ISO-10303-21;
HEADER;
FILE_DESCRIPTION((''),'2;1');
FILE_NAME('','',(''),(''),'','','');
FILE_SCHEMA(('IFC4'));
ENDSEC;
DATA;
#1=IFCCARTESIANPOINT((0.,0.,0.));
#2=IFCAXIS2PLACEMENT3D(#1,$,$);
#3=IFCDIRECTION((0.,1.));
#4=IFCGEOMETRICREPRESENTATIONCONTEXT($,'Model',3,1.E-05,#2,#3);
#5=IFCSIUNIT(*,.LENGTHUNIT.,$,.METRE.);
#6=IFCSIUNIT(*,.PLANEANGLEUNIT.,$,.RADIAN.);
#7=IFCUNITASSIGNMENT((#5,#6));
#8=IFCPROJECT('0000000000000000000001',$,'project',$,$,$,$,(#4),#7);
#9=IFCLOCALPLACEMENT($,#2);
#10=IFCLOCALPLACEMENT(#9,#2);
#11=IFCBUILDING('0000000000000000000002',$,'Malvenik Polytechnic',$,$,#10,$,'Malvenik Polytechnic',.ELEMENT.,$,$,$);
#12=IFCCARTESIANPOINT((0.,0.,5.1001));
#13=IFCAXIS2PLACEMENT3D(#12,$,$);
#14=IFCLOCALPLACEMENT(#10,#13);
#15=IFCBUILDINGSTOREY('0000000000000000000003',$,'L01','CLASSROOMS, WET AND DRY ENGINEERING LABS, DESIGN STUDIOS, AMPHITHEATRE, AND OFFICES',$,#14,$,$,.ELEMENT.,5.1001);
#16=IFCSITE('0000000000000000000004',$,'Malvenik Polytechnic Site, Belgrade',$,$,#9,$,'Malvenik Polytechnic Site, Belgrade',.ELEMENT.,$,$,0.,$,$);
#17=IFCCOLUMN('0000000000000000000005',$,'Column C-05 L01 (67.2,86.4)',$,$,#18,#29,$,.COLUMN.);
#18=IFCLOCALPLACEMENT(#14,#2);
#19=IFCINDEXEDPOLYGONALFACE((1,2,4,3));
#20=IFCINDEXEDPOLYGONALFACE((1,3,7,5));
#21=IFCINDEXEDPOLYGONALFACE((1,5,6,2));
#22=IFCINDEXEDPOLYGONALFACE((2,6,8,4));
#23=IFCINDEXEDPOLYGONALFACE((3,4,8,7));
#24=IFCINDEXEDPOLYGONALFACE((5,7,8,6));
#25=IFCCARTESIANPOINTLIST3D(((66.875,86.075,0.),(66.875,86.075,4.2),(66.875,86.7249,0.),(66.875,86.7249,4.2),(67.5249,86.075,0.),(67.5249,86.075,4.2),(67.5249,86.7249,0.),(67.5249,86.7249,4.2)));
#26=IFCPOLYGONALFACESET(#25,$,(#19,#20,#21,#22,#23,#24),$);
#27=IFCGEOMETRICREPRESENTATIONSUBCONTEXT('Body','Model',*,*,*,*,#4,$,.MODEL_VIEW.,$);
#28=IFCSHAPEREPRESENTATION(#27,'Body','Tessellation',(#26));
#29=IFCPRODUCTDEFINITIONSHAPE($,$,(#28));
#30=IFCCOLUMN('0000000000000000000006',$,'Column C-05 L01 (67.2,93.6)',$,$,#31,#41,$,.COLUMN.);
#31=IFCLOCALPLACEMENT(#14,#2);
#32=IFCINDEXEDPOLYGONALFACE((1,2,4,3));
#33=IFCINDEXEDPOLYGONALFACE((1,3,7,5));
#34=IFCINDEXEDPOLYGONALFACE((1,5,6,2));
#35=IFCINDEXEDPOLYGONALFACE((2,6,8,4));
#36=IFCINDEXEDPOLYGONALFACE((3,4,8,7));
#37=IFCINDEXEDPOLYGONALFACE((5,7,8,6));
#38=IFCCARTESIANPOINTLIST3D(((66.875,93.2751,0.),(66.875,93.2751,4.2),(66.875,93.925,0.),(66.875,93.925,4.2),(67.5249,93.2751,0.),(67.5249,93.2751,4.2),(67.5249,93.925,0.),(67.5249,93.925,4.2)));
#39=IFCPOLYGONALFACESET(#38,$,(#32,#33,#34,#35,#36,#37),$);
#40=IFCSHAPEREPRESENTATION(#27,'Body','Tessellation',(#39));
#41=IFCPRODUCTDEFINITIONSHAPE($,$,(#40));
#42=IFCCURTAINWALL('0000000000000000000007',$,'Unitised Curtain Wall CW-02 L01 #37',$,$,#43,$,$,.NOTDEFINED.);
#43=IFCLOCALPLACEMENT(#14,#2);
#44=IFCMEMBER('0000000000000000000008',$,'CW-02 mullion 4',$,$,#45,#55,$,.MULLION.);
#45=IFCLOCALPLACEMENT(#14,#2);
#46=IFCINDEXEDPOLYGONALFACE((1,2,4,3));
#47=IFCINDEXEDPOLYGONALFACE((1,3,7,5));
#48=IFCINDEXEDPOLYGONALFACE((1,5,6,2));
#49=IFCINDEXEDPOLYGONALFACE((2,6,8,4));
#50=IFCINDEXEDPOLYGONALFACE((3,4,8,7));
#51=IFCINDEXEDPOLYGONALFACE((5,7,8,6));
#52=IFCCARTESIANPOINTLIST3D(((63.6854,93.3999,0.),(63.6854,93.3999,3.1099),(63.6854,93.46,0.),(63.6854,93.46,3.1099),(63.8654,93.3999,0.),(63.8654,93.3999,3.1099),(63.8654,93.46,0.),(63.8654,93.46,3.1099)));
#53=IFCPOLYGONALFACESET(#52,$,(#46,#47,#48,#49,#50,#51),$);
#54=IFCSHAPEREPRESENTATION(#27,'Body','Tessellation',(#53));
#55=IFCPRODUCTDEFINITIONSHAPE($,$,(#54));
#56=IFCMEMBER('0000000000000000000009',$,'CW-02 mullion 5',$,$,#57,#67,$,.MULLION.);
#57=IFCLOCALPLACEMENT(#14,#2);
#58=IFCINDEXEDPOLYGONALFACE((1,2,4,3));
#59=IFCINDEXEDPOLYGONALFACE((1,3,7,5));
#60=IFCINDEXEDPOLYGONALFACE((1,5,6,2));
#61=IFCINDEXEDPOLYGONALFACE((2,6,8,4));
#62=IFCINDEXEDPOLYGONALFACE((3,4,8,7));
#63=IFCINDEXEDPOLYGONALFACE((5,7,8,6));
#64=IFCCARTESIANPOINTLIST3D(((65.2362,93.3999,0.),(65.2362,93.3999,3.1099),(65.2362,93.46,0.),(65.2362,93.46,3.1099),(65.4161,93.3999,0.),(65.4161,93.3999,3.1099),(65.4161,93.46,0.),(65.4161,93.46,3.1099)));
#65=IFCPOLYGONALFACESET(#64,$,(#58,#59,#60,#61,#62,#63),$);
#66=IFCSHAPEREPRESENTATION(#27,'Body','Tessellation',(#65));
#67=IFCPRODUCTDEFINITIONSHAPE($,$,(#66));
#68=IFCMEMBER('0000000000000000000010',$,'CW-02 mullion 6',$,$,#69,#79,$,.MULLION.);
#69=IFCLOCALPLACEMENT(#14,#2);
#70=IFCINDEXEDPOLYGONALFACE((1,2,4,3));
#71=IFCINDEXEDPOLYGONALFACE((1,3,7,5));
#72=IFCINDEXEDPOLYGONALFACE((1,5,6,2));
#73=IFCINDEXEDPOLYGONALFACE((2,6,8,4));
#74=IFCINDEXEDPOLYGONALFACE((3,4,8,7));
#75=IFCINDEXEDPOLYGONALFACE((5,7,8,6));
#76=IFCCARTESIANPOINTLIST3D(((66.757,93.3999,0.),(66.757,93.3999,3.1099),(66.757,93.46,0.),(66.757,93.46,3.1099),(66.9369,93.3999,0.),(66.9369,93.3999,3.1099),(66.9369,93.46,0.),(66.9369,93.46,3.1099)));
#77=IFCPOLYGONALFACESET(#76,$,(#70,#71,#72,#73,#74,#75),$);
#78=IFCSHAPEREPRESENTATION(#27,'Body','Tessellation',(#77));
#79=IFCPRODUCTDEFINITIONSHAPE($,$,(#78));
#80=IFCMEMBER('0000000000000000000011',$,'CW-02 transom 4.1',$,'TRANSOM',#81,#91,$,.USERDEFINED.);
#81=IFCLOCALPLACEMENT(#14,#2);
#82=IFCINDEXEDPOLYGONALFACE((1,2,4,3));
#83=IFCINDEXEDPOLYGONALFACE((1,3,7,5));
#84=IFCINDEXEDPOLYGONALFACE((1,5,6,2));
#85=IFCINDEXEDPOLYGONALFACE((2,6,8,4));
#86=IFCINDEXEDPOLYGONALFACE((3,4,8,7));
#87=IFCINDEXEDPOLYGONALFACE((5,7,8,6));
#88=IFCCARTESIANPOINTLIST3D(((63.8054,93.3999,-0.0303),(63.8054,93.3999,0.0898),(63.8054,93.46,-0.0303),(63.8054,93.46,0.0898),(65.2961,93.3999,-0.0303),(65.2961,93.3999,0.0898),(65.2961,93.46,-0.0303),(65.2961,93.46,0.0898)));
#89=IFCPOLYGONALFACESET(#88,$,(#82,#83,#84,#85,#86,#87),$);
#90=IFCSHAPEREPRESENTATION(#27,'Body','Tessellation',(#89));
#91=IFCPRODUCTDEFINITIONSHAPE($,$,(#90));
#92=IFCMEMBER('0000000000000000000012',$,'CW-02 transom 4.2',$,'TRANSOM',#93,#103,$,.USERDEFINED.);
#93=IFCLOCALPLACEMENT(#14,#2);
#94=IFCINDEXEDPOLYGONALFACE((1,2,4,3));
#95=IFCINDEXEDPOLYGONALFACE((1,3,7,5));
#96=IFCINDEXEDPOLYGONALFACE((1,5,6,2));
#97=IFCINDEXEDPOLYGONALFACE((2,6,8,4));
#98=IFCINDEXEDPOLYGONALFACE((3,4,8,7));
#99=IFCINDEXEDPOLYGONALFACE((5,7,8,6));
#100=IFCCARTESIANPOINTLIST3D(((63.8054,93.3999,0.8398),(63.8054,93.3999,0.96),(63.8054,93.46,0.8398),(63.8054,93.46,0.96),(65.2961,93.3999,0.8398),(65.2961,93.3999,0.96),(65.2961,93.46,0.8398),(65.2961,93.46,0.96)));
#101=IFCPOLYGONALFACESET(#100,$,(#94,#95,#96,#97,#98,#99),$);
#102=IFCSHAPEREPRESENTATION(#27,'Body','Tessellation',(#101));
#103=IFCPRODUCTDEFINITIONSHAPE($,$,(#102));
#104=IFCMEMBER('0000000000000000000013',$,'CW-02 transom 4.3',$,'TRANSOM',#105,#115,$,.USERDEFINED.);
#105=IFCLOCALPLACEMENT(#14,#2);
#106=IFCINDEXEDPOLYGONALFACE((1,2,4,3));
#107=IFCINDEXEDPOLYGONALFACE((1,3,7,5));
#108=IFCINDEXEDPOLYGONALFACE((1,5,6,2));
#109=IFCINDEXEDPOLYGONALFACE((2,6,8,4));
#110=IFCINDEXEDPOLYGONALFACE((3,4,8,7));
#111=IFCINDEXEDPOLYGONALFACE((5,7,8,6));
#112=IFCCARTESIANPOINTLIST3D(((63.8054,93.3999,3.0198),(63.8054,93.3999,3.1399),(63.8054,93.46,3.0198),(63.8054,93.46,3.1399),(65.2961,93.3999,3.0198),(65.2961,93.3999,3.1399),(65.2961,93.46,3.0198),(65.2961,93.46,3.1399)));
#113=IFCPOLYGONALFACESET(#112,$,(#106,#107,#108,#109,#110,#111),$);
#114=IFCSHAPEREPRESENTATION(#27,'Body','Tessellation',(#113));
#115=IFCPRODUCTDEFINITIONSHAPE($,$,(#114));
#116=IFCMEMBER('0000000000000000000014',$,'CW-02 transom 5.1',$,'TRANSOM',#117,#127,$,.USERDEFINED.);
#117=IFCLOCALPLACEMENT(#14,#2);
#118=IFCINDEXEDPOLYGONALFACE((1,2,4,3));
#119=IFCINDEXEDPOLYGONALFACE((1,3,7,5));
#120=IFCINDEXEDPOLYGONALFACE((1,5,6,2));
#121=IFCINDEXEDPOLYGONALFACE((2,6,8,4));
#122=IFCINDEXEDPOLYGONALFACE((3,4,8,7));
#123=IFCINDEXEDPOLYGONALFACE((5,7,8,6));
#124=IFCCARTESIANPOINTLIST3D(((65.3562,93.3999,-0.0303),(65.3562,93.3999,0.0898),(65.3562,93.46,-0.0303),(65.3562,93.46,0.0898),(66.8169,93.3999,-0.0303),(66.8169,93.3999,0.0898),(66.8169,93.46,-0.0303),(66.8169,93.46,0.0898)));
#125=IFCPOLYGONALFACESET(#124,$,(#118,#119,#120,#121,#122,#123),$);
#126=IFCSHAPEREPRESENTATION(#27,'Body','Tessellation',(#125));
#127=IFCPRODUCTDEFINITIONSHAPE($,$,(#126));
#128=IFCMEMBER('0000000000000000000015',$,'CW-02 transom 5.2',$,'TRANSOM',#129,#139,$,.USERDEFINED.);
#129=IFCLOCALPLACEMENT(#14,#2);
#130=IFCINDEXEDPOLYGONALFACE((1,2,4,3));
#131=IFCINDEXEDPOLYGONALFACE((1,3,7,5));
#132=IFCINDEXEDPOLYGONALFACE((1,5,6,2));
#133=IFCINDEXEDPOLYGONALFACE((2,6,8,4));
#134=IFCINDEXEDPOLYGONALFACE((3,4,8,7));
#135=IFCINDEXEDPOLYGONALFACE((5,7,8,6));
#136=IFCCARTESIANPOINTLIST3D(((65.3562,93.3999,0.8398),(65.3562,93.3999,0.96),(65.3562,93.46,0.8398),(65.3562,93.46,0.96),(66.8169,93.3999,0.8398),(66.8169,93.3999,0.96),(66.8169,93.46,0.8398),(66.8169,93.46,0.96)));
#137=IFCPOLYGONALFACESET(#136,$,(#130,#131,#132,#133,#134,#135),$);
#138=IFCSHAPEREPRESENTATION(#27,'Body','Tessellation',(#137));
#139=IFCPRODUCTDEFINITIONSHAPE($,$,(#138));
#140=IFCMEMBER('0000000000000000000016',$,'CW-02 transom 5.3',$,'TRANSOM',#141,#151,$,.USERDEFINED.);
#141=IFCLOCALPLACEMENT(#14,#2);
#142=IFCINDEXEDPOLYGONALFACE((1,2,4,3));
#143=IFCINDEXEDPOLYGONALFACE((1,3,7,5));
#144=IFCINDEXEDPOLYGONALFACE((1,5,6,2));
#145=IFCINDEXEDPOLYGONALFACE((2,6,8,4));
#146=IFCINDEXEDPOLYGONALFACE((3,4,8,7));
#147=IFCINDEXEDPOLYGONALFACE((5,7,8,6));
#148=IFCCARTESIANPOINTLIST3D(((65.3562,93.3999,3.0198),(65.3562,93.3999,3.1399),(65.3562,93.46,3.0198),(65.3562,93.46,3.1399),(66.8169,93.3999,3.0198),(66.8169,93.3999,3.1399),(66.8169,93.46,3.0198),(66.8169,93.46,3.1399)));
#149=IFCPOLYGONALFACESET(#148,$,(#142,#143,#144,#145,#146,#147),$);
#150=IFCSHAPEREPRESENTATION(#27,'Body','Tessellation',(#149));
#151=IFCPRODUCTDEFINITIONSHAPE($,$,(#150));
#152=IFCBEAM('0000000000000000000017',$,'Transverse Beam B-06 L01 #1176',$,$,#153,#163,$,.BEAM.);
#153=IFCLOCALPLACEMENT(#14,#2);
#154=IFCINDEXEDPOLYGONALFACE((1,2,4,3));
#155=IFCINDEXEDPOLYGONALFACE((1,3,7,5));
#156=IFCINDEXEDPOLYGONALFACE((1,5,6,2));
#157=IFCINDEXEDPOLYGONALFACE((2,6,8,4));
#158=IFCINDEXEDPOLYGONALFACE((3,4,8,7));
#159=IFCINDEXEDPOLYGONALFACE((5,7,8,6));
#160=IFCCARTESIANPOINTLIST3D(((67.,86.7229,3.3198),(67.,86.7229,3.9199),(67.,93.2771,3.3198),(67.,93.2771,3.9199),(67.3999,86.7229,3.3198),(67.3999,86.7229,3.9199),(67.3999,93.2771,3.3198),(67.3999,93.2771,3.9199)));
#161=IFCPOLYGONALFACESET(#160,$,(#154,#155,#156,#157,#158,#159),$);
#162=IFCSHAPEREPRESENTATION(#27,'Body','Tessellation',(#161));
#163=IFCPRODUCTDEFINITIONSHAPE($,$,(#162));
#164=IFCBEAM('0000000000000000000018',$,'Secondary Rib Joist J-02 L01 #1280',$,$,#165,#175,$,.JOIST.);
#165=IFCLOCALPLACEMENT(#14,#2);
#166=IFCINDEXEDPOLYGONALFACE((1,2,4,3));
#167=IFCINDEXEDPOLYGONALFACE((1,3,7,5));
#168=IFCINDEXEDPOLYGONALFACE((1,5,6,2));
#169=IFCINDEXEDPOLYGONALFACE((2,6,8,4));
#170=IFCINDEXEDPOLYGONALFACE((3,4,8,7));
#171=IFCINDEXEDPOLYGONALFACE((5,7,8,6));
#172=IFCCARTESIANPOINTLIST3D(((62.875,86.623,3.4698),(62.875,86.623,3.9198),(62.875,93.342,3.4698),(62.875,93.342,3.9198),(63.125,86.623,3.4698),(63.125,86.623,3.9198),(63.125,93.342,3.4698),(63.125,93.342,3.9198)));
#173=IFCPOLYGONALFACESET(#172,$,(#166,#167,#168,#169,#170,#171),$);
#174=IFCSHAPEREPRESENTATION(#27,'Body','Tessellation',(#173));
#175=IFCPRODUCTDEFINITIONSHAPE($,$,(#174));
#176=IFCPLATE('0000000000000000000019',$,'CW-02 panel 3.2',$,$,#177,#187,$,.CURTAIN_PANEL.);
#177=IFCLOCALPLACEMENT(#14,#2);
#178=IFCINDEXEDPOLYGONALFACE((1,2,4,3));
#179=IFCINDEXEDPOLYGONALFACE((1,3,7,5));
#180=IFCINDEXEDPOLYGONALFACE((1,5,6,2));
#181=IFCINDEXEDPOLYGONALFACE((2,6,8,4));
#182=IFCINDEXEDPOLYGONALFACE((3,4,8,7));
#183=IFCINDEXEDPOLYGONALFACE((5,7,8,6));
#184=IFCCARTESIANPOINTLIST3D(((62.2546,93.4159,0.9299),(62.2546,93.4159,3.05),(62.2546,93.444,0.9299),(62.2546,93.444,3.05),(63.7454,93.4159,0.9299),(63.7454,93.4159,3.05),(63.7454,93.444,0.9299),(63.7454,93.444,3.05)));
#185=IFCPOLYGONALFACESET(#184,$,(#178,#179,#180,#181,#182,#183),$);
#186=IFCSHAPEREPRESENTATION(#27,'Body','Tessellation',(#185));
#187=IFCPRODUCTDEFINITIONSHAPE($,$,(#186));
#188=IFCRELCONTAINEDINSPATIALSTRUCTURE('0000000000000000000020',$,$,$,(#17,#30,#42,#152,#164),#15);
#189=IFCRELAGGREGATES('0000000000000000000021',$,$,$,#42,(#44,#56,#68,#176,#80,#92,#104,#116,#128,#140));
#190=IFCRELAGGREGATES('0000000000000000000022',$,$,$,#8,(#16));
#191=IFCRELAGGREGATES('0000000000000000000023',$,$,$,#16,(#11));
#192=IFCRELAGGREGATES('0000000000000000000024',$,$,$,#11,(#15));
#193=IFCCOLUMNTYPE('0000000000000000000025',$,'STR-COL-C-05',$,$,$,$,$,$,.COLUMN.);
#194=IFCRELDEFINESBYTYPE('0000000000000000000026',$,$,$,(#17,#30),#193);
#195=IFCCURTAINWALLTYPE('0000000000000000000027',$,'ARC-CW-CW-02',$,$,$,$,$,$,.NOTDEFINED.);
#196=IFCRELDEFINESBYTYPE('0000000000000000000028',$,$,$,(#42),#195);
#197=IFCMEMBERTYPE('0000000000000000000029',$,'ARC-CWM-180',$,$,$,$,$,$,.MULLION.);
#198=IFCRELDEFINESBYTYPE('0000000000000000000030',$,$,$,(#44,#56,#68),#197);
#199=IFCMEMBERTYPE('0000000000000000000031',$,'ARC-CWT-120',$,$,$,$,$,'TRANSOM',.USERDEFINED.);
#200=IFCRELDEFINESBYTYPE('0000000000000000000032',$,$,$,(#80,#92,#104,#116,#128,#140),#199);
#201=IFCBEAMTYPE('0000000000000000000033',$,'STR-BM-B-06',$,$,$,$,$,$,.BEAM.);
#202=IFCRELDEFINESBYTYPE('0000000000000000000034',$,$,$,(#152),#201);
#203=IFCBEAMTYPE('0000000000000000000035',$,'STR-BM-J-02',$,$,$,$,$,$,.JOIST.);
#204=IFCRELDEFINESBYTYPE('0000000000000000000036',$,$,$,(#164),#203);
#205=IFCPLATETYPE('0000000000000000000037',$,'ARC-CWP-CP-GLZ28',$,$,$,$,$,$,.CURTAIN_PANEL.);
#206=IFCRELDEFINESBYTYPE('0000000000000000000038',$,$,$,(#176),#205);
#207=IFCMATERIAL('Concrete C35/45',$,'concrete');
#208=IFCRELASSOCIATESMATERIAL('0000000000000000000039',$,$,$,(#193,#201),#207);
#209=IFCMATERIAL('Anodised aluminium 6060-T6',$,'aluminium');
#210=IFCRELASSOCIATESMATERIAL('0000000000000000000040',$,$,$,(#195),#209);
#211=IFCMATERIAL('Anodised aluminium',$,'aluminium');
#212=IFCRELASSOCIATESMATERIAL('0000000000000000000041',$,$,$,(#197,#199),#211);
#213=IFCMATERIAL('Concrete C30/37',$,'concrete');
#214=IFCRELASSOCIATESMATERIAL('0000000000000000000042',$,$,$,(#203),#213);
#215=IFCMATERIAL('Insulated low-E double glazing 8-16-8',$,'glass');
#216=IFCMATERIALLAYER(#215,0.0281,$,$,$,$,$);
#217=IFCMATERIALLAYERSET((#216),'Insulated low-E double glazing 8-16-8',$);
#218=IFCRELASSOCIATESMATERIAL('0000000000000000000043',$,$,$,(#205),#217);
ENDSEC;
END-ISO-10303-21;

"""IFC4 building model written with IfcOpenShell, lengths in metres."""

from ifc_helpers import new_model, si_unit, direction, frame, origin, origin_2d, place, context, subcontext, project, spatial, rectangle, extrude, material, layer, layer_set, material_profile, profile_set, type_object, element, aggregate, save


model = new_model("IFC4")

# Units and contexts
model_context = context("Model", 3, precision=1e-05, world=origin(), true_north=direction((0.0, 1.0)))
body_context = subcontext(model_context, "Body", "Model", "MODEL_VIEW")
ifc_project = project(units=[si_unit("LENGTHUNIT", "METRE"), si_unit("PLANEANGLEUNIT", "RADIAN")], contexts=[model_context])

# Site, building, storey
site_placement = place(None, origin())
site = spatial("IfcSite", under=ifc_project, at=site_placement, Name="Malvenik Polytechnic Site, Belgrade", LongName="Malvenik Polytechnic Site, Belgrade", CompositionType="ELEMENT", RefElevation=0.0)
building_placement = place(site_placement, origin())
building = spatial("IfcBuilding", under=site, at=building_placement, Name="Malvenik Polytechnic", LongName="Malvenik Polytechnic", CompositionType="ELEMENT")
storey_placement = place(building_placement, frame((0.0, 0.0, 5.1001)))
storey = spatial("IfcBuildingStorey", under=building, at=storey_placement, Name="L01", Description="CLASSROOMS, WET AND DRY ENGINEERING LABS, DESIGN STUDIOS, AMPHITHEATRE, AND OFFICES", CompositionType="ELEMENT", Elevation=5.1001)

# Columns
ifc_material_1 = material(Name="Concrete C35/45", Category="concrete")
ifc_material_profile_1 = material_profile(ifc_material_1, rectangle(XDim=0.6499, YDim=0.6499, at=origin_2d()), Name="RC COL 650x650")
ifc_profile_set_1 = profile_set([ifc_material_profile_1], Name="Concrete C35/45")
column_type = type_object("IfcColumnType", Name="STR-COL-C-05", PredefinedType="COLUMN", material=ifc_profile_set_1)
for number, where, z_axis, x_axis, name in (
    (1, (67.2, 86.3999, 0.0), (0.0, 0.0, 1.0), (1.0, 0.0, 0.0), "Column C-05 L01 (67.2,86.4)"),
    (2, (67.2, 93.6001, 0.0), (0.0, 0.0, 1.0), (1.0, 0.0, 0.0), "Column C-05 L01 (67.2,93.6)"),
):
    element("IfcColumn", number, at=place(storey_placement, frame(where, z_axis=z_axis, x_axis=x_axis)), inside=storey, type_object=column_type, Name=name, PredefinedType="COLUMN", context=body_context, shape_type="SweptSolid", body=[
        extrude(rectangle(XDim=0.6499, YDim=0.6499, at=origin_2d()), origin(), (0.0, 0.0, 1.0), 4.2),
    ])

# Curtain wall, members
ifc_material_2 = material(Name="Anodised aluminium 6060-T6", Category="aluminium")
curtain_wall_type = type_object("IfcCurtainWallType", Name="ARC-CW-CW-02", PredefinedType="NOTDEFINED", material=ifc_material_2)
curtain_wall_placement = place(storey_placement, origin())
curtain_wall = element("IfcCurtainWall", 3, at=curtain_wall_placement, inside=storey, type_object=curtain_wall_type, Name="Unitised Curtain Wall CW-02 L01 #37", PredefinedType="NOTDEFINED")
ifc_material_3 = material(Name="Anodised aluminium", Category="aluminium")
ifc_material_profile_2 = material_profile(ifc_material_3, rectangle(XDim=0.0601, YDim=0.1799, at=origin_2d()), Name="ALU MULLION 60x180")
ifc_profile_set_2 = profile_set([ifc_material_profile_2], Name="Anodised aluminium")
member_type_1 = type_object("IfcMemberType", Name="ARC-CWM-180", PredefinedType="MULLION", material=ifc_profile_set_2)
member_1_placement = place(storey_placement, frame((63.7754, 93.4299, 0.0), z_axis=(0.0, 0.0, 1.0), x_axis=(0.0, 1.0, 0.0)))
member_1 = element("IfcMember", 4, at=member_1_placement, type_object=member_type_1, Name="CW-02 mullion 4", PredefinedType="MULLION", context=body_context, shape_type="SweptSolid", body=[
    extrude(rectangle(XDim=0.0601, YDim=0.1799, at=origin_2d()), origin(), (0.0, 0.0, 1.0), 3.1099),
])
member_2_placement = place(storey_placement, frame((65.3262, 93.4299, 0.0), z_axis=(0.0, 0.0, 1.0), x_axis=(0.0, 1.0, 0.0)))
member_2 = element("IfcMember", 5, at=member_2_placement, type_object=member_type_1, Name="CW-02 mullion 5", PredefinedType="MULLION", context=body_context, shape_type="SweptSolid", body=[
    extrude(rectangle(XDim=0.0601, YDim=0.1799, at=origin_2d()), origin(), (0.0, 0.0, 1.0), 3.1099),
])
member_3_placement = place(storey_placement, frame((66.8469, 93.4299, 0.0), z_axis=(0.0, 0.0, 1.0), x_axis=(0.0, 1.0, 0.0)))
member_3 = element("IfcMember", 6, at=member_3_placement, type_object=member_type_1, Name="CW-02 mullion 6", PredefinedType="MULLION", context=body_context, shape_type="SweptSolid", body=[
    extrude(rectangle(XDim=0.0601, YDim=0.1799, at=origin_2d()), origin(), (0.0, 0.0, 1.0), 3.1099),
])
ifc_material_profile_3 = material_profile(ifc_material_3, rectangle(XDim=0.0601, YDim=0.1201, at=origin_2d()), Name="ALU TRANSOM 60x120")
ifc_profile_set_3 = profile_set([ifc_material_profile_3], Name="Anodised aluminium")
member_type_2 = type_object("IfcMemberType", Name="ARC-CWT-120", ElementType="TRANSOM", PredefinedType="USERDEFINED", material=ifc_profile_set_3)
member_4_placement = place(storey_placement, frame((63.8054, 93.4299, 0.0298), z_axis=(1.0, 0.0, 0.0), x_axis=(0.0, 1.0, 0.0)))
member_4 = element("IfcMember", 7, at=member_4_placement, type_object=member_type_2, Name="CW-02 transom 4.1", ObjectType="TRANSOM", PredefinedType="USERDEFINED", context=body_context, shape_type="SweptSolid", body=[
    extrude(rectangle(XDim=0.0601, YDim=0.1201, at=origin_2d()), origin(), (0.0, 0.0, 1.0), 1.4907),
])
member_5_placement = place(storey_placement, frame((63.8054, 93.4299, 0.8999), z_axis=(1.0, 0.0, 0.0), x_axis=(0.0, 1.0, 0.0)))
member_5 = element("IfcMember", 8, at=member_5_placement, type_object=member_type_2, Name="CW-02 transom 4.2", ObjectType="TRANSOM", PredefinedType="USERDEFINED", context=body_context, shape_type="SweptSolid", body=[
    extrude(rectangle(XDim=0.0601, YDim=0.1201, at=origin_2d()), origin(), (0.0, 0.0, 1.0), 1.4907),
])
member_6_placement = place(storey_placement, frame((63.8054, 93.4299, 3.0798), z_axis=(1.0, 0.0, 0.0), x_axis=(0.0, 1.0, 0.0)))
member_6 = element("IfcMember", 9, at=member_6_placement, type_object=member_type_2, Name="CW-02 transom 4.3", ObjectType="TRANSOM", PredefinedType="USERDEFINED", context=body_context, shape_type="SweptSolid", body=[
    extrude(rectangle(XDim=0.0601, YDim=0.1201, at=origin_2d()), origin(), (0.0, 0.0, 1.0), 1.4907),
])
member_7_placement = place(storey_placement, frame((65.3562, 93.4299, 0.0298), z_axis=(1.0, 0.0, 0.0), x_axis=(0.0, 1.0, 0.0)))
member_7 = element("IfcMember", 10, at=member_7_placement, type_object=member_type_2, Name="CW-02 transom 5.1", ObjectType="TRANSOM", PredefinedType="USERDEFINED", context=body_context, shape_type="SweptSolid", body=[
    extrude(rectangle(XDim=0.0601, YDim=0.1201, at=origin_2d()), origin(), (0.0, 0.0, 1.0), 1.4607),
])
member_8_placement = place(storey_placement, frame((65.3562, 93.4299, 0.8999), z_axis=(1.0, 0.0, 0.0), x_axis=(0.0, 1.0, 0.0)))
member_8 = element("IfcMember", 11, at=member_8_placement, type_object=member_type_2, Name="CW-02 transom 5.2", ObjectType="TRANSOM", PredefinedType="USERDEFINED", context=body_context, shape_type="SweptSolid", body=[
    extrude(rectangle(XDim=0.0601, YDim=0.1201, at=origin_2d()), origin(), (0.0, 0.0, 1.0), 1.4607),
])
member_9_placement = place(storey_placement, frame((65.3562, 93.4299, 3.0798), z_axis=(1.0, 0.0, 0.0), x_axis=(0.0, 1.0, 0.0)))
member_9 = element("IfcMember", 12, at=member_9_placement, type_object=member_type_2, Name="CW-02 transom 5.3", ObjectType="TRANSOM", PredefinedType="USERDEFINED", context=body_context, shape_type="SweptSolid", body=[
    extrude(rectangle(XDim=0.0601, YDim=0.1201, at=origin_2d()), origin(), (0.0, 0.0, 1.0), 1.4607),
])

# Beams
ifc_material_profile_4 = material_profile(ifc_material_1, rectangle(XDim=0.3999, YDim=0.6001, at=origin_2d()), Name="RC BM 400x600")
ifc_profile_set_4 = profile_set([ifc_material_profile_4], Name="Concrete C35/45")
beam_type_1 = type_object("IfcBeamType", Name="STR-BM-B-06", PredefinedType="BEAM", material=ifc_profile_set_4)
beam_1_placement = place(storey_placement, frame((67.2, 86.7229, 3.6199), z_axis=(0.0, 1.0, 0.0), x_axis=(-1.0, 0.0, 0.0)))
element("IfcBeam", 13, at=beam_1_placement, inside=storey, type_object=beam_type_1, Name="Transverse Beam B-06 L01 #1176", PredefinedType="BEAM", context=body_context, shape_type="SweptSolid", body=[
    extrude(rectangle(XDim=0.3999, YDim=0.6001, at=origin_2d()), origin(), (0.0, 0.0, 1.0), 6.5542),
])
ifc_material_4 = material(Name="Concrete C30/37", Category="concrete")
ifc_material_profile_5 = material_profile(ifc_material_4, rectangle(XDim=0.25, YDim=0.45, at=origin_2d()), Name="RC JST 250x450")
ifc_profile_set_5 = profile_set([ifc_material_profile_5], Name="Concrete C30/37")
beam_type_2 = type_object("IfcBeamType", Name="STR-BM-J-02", PredefinedType="JOIST", material=ifc_profile_set_5)
beam_2_placement = place(storey_placement, frame((63.0, 86.623, 3.6948), z_axis=(0.0, 1.0, 0.0), x_axis=(-1.0, 0.0, 0.0)))
element("IfcBeam", 14, at=beam_2_placement, inside=storey, type_object=beam_type_2, Name="Secondary Rib Joist J-02 L01 #1280", PredefinedType="JOIST", context=body_context, shape_type="SweptSolid", body=[
    extrude(rectangle(XDim=0.25, YDim=0.45, at=origin_2d()), origin(), (0.0, 0.0, 1.0), 6.719),
])

# Plate
ifc_material_5 = material(Name="Insulated low-E double glazing 8-16-8", Category="glass")
ifc_layer_1 = layer(ifc_material_5, 0.0281)
ifc_layer_set_1 = layer_set([ifc_layer_1], Name="Insulated low-E double glazing 8-16-8")
plate_type_1 = type_object("IfcPlateType", Name="ARC-CWP-CP-GLZ28", PredefinedType="CURTAIN_PANEL", material=ifc_layer_set_1)
plate_1_placement = place(storey_placement, frame((63.0, 93.4299, 0.9299), z_axis=(0.0, 0.0, 1.0), x_axis=(1.0, 0.0, 0.0)))
plate_1 = element("IfcPlate", 15, at=plate_1_placement, type_object=plate_type_1, Name="CW-02 panel 3.2", PredefinedType="CURTAIN_PANEL", context=body_context, shape_type="SweptSolid", body=[
    extrude(rectangle(XDim=1.4907, YDim=0.0281, at=origin_2d()), origin(), (0.0, 0.0, 1.0), 2.1201),
])
aggregate(curtain_wall, [member_1, member_2, member_3, plate_1, member_4, member_5, member_6, member_7, member_8, member_9])

save(model, "model.ifc")
